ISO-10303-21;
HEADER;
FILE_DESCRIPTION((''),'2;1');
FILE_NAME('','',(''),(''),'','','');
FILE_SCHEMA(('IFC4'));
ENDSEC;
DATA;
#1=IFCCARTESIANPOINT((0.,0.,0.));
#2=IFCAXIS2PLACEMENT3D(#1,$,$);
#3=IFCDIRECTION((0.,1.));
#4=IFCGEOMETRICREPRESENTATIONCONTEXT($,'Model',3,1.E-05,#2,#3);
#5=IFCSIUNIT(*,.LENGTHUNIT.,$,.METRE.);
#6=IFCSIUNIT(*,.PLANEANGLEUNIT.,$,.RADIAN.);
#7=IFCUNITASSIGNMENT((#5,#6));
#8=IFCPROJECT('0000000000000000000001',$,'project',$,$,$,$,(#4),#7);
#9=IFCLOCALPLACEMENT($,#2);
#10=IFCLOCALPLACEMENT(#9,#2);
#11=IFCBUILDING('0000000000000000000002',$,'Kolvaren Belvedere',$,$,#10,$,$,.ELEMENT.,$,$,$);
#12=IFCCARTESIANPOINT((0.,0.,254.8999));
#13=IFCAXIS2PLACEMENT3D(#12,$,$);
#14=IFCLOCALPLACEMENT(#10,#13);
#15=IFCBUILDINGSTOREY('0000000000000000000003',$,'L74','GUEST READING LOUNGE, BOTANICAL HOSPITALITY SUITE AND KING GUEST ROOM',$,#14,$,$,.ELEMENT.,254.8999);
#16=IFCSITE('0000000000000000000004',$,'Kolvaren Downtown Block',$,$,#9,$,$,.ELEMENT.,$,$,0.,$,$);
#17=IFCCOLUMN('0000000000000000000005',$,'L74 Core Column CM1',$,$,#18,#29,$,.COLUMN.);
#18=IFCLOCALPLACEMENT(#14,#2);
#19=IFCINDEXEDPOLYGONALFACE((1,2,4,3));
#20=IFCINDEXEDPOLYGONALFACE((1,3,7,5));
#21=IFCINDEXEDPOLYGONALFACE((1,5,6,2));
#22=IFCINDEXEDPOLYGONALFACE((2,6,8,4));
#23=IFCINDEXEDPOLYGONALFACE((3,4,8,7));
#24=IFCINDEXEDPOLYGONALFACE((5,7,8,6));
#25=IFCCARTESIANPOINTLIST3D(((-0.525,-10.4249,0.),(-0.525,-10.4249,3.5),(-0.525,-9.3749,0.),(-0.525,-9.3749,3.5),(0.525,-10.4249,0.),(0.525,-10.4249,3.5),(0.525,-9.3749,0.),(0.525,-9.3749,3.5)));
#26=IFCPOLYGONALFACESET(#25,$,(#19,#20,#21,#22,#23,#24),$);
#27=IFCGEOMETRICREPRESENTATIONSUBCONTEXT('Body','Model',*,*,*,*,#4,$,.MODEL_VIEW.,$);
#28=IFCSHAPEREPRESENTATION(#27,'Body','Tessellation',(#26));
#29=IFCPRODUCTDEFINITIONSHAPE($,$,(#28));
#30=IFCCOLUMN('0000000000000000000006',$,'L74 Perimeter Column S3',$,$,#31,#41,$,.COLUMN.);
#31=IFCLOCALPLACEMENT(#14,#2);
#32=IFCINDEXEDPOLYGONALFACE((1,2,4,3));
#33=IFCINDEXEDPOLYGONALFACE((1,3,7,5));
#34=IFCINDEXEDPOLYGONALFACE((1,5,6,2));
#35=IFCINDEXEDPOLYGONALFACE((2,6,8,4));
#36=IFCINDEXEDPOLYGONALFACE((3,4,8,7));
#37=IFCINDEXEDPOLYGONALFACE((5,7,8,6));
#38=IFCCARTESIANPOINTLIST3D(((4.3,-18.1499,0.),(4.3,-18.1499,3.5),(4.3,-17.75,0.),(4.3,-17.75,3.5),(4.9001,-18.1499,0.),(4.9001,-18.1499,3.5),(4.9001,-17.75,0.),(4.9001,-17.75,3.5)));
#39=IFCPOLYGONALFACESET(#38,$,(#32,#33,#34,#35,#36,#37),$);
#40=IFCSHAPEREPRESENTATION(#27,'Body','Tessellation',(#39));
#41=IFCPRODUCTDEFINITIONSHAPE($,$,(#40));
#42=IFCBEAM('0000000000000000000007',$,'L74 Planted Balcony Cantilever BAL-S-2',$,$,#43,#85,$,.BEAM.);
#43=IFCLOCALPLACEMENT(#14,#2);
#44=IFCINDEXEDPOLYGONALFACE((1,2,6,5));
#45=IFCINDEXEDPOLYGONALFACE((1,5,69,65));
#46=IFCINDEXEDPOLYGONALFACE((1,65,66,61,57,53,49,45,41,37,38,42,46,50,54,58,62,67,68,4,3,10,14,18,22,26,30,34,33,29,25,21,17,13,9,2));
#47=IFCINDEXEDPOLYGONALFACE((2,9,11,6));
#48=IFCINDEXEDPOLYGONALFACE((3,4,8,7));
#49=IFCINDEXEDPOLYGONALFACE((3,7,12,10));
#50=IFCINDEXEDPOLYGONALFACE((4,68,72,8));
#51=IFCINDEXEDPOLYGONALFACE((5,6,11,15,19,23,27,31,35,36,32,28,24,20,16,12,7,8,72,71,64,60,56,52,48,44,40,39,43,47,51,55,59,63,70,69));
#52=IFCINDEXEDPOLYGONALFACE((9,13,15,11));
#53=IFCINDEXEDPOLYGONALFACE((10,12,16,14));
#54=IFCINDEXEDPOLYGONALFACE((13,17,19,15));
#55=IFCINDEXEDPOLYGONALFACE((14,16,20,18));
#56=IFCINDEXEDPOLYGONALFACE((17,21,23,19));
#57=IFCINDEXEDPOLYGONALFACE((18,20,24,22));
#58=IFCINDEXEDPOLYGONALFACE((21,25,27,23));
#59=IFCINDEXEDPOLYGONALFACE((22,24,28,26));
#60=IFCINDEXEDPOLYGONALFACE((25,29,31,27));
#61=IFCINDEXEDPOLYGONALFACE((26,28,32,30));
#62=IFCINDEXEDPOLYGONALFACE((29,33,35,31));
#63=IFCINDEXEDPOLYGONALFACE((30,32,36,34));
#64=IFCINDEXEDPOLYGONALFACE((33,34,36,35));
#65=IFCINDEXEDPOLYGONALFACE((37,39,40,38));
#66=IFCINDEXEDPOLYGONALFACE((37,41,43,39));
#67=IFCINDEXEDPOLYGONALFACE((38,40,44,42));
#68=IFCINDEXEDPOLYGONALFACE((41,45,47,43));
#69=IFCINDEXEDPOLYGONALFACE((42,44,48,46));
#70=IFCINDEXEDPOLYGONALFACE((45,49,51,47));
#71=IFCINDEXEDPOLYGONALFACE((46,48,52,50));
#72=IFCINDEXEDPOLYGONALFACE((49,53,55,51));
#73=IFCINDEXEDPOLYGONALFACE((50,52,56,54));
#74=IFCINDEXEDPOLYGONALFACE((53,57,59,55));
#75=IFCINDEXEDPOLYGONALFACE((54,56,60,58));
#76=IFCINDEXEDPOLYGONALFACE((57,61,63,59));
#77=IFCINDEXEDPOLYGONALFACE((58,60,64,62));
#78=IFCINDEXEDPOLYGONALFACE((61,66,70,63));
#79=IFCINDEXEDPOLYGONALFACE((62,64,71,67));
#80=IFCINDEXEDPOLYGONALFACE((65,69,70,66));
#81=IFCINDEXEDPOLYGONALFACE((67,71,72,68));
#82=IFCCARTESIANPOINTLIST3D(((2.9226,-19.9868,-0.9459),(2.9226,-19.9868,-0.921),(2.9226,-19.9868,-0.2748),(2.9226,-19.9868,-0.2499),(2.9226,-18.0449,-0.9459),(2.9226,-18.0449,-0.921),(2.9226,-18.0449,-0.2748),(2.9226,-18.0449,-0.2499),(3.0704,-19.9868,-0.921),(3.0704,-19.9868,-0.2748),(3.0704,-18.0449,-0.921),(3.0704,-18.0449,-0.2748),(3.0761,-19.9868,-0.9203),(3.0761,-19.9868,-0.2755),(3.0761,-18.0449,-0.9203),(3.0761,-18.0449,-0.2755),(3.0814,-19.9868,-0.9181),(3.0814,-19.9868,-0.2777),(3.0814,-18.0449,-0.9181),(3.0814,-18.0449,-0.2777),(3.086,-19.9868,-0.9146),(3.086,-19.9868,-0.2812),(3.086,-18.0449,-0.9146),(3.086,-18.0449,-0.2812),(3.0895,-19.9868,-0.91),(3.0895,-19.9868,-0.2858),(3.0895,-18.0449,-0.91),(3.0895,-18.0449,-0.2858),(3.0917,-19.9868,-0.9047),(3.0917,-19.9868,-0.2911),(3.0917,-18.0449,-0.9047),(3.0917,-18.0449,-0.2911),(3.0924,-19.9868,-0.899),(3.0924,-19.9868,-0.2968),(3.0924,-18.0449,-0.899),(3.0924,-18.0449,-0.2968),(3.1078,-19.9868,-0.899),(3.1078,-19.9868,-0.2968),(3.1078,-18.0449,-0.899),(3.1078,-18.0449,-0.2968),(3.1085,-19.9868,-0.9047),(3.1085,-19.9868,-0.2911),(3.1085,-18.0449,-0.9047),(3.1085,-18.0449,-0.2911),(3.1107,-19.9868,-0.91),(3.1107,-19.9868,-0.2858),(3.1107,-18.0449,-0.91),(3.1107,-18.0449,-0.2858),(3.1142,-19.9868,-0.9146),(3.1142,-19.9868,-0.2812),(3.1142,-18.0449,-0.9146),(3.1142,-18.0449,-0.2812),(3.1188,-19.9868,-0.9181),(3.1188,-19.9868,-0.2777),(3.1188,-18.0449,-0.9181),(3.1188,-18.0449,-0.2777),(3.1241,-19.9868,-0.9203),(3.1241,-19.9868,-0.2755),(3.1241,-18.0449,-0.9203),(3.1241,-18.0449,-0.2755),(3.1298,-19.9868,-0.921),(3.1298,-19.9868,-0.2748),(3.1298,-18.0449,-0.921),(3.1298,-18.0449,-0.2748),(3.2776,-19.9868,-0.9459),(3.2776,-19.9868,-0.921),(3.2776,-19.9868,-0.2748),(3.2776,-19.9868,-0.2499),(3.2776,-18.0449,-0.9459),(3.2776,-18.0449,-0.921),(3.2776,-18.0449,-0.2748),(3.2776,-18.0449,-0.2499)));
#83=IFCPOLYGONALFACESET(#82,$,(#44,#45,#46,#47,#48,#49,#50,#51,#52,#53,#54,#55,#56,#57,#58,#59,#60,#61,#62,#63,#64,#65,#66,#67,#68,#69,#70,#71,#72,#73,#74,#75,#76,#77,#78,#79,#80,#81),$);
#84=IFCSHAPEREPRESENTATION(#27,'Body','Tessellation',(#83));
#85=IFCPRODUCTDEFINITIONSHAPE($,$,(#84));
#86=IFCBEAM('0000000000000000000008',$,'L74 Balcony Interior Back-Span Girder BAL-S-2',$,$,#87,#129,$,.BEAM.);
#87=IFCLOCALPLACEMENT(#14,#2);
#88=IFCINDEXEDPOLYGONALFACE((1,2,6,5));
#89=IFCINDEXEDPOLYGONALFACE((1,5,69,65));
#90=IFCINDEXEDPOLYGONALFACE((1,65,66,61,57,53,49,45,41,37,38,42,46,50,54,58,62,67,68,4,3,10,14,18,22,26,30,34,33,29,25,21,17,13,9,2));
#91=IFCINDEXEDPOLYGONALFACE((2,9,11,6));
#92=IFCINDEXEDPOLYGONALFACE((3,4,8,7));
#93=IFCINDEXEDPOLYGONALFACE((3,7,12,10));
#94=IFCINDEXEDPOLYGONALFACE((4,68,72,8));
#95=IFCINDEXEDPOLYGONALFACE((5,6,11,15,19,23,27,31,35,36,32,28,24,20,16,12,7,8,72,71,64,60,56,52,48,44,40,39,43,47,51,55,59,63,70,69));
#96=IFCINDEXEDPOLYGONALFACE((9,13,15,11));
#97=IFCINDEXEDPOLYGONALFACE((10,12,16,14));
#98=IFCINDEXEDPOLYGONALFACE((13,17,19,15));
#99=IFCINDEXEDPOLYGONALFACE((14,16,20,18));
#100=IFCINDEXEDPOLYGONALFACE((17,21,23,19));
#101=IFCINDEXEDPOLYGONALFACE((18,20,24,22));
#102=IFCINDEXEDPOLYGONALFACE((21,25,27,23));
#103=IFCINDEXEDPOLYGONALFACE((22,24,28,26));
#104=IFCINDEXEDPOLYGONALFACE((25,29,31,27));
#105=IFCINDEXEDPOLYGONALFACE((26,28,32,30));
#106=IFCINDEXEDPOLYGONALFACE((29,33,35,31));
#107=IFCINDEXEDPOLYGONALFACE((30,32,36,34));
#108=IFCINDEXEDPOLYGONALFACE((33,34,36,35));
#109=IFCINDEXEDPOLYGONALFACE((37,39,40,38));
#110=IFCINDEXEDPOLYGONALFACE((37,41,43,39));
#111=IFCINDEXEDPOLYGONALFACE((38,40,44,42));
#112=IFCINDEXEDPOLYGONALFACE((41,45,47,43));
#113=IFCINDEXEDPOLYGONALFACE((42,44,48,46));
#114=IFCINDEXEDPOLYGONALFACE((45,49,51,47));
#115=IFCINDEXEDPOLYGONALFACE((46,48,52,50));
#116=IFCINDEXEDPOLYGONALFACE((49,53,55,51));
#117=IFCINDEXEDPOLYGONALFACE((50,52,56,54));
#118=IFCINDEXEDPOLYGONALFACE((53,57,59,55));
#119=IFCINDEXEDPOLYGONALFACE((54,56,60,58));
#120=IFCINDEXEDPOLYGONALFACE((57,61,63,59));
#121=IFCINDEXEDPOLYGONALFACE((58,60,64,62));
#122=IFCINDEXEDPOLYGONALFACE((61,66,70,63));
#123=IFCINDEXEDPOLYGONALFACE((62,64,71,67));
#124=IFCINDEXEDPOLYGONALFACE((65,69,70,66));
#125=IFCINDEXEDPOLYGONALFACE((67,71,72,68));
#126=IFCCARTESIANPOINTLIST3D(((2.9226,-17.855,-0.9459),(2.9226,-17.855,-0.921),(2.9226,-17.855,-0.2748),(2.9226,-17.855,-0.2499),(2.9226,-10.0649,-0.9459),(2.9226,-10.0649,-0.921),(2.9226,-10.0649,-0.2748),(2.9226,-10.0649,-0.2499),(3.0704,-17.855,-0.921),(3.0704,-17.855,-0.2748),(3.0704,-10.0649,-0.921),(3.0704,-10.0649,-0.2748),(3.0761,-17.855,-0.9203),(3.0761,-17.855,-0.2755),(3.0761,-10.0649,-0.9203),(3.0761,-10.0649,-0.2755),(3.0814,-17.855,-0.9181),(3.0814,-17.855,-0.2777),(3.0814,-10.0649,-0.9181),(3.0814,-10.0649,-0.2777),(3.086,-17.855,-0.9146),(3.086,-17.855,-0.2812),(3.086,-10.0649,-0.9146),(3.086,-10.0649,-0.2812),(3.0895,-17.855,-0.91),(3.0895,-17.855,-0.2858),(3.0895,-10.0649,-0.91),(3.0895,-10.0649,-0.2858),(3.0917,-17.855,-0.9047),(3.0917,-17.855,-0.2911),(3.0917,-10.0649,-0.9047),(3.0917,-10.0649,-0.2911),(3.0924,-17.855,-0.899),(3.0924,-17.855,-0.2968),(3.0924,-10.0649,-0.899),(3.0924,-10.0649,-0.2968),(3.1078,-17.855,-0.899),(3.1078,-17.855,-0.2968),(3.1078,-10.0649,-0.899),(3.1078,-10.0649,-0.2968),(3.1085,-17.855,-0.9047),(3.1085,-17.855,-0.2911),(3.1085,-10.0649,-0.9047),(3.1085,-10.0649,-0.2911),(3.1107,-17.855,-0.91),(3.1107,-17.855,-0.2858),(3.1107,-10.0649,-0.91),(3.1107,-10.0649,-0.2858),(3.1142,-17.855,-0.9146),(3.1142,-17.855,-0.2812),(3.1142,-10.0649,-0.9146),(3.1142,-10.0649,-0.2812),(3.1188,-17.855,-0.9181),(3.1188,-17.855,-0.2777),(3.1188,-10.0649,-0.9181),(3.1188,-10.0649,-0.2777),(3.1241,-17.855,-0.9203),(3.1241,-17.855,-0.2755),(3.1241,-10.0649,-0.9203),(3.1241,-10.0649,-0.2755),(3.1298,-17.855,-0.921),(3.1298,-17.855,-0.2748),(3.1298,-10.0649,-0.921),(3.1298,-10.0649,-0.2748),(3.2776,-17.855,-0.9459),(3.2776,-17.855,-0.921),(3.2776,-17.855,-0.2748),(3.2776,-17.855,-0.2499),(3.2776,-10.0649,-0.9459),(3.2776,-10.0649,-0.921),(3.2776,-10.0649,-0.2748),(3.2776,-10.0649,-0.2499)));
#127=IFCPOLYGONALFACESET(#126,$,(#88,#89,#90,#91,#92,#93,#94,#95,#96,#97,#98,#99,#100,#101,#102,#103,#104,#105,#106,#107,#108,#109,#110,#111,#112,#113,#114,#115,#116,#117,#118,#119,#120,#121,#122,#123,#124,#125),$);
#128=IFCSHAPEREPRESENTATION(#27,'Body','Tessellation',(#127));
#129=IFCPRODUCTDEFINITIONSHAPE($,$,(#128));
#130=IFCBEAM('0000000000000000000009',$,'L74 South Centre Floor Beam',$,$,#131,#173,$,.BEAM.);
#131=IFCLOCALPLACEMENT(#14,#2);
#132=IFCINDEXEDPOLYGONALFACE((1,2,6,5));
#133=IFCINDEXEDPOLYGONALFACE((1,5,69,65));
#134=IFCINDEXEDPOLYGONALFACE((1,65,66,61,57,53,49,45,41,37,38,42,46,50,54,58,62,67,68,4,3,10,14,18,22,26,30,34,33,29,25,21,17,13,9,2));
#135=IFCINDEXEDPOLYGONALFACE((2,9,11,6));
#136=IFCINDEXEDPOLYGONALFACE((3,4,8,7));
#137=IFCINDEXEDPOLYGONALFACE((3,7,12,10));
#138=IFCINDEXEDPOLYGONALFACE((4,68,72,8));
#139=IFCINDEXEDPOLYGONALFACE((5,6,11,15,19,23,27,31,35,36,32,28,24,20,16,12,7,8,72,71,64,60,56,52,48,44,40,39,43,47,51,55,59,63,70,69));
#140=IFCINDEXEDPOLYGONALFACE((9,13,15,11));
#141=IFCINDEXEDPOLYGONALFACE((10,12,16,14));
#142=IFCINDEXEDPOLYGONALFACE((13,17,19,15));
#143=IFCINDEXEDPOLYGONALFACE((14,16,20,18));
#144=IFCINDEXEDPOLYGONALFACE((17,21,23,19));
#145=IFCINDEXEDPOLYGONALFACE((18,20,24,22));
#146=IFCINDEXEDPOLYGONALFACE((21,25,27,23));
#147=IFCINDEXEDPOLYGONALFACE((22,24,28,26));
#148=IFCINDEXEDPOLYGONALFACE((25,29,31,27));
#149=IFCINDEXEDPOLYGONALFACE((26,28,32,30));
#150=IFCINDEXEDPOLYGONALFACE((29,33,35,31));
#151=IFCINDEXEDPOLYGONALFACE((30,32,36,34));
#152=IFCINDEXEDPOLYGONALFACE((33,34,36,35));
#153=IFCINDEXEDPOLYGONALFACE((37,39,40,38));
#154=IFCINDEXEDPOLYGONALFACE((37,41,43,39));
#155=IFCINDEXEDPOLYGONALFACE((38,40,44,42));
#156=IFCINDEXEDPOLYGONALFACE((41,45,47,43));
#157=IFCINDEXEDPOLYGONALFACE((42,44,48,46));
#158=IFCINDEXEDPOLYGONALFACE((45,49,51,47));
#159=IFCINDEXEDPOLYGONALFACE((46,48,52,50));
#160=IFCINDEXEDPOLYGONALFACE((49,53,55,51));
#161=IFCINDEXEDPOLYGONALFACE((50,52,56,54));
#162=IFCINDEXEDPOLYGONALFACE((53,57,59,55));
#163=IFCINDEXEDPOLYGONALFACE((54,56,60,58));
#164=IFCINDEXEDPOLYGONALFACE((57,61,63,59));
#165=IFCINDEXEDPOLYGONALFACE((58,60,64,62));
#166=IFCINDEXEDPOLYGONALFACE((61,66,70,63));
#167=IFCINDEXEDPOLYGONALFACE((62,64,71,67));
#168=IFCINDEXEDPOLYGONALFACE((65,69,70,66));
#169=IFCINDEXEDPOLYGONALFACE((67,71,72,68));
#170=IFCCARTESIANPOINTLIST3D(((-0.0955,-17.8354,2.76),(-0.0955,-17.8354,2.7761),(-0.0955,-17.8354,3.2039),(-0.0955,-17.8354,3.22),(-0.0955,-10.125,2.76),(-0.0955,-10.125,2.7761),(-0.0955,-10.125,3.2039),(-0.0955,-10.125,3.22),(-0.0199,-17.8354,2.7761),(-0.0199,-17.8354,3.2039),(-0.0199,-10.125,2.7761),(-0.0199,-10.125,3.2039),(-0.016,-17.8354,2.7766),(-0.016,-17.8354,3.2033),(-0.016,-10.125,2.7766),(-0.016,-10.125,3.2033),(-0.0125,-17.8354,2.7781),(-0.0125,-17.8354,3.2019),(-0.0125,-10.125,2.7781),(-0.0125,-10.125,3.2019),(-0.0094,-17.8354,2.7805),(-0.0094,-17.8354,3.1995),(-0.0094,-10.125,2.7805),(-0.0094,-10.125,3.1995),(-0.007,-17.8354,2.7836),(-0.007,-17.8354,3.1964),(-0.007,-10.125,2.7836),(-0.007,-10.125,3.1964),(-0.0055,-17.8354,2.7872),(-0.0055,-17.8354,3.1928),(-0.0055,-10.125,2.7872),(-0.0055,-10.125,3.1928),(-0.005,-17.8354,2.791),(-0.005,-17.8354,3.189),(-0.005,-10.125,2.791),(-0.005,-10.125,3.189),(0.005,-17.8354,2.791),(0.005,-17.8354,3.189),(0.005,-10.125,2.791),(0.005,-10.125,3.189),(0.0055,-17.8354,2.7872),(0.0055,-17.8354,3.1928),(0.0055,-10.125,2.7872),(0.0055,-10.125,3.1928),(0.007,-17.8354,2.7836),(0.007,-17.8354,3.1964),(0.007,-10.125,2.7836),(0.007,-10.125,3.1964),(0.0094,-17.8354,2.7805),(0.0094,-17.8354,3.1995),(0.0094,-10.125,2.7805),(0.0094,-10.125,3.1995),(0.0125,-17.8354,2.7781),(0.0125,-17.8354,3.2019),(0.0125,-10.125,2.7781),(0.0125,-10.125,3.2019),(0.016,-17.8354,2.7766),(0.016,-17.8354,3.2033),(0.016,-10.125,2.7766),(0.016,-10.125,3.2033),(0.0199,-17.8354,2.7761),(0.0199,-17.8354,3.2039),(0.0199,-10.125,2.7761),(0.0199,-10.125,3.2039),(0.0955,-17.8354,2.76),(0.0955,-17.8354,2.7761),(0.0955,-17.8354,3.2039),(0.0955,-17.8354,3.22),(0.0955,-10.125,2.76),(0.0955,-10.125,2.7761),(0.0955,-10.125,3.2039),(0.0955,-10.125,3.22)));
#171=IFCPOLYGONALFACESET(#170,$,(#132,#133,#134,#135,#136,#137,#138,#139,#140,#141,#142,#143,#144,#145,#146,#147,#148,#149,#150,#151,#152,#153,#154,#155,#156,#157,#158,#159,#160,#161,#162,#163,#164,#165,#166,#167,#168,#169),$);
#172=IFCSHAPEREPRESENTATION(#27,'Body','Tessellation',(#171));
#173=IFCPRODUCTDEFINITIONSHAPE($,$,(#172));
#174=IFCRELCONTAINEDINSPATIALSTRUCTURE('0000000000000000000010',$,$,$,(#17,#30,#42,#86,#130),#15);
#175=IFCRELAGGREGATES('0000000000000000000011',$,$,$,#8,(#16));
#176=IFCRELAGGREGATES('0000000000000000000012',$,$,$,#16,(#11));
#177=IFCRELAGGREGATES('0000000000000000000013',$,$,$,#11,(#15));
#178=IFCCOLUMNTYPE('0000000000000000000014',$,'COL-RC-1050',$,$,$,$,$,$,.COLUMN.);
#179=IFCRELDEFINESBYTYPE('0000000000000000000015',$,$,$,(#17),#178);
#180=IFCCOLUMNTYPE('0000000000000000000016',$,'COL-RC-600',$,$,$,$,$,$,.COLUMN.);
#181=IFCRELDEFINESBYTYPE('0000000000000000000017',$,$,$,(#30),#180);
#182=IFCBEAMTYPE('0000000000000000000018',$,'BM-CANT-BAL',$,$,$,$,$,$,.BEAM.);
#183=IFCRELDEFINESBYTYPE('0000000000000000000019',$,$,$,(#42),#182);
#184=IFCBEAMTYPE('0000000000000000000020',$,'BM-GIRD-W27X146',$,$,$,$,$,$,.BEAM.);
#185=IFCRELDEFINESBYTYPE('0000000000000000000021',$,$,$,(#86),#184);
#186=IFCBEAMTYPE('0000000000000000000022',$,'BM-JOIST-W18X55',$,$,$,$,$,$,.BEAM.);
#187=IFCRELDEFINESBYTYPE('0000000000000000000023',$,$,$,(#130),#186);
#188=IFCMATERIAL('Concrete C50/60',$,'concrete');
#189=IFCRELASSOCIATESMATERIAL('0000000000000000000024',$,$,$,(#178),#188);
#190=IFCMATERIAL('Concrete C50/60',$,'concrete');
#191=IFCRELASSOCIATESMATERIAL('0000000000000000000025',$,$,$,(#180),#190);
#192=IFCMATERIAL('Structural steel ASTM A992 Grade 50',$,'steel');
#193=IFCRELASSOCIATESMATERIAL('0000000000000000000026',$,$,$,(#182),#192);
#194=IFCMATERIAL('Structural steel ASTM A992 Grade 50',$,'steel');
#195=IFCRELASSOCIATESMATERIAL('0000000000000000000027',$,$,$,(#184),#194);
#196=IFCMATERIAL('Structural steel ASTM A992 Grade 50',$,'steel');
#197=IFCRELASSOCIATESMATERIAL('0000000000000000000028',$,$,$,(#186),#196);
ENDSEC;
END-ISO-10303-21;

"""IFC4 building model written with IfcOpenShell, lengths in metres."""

from ifc_helpers import new_model, si_unit, direction, frame, origin, origin_2d, place, context, subcontext, project, spatial, rectangle, i_section, extrude, material, material_profile, profile_set, type_object, element, save


model = new_model("IFC4")

# Units and contexts
model_context = context("Model", 3, precision=1e-05, world=origin(), true_north=direction((0.0, 1.0)))
body_context = subcontext(model_context, "Body", "Model", "MODEL_VIEW")
ifc_project = project(units=[si_unit("LENGTHUNIT", "METRE"), si_unit("PLANEANGLEUNIT", "RADIAN")], contexts=[model_context])

# Site, building, storey
site_placement = place(None, origin())
site = spatial("IfcSite", under=ifc_project, at=site_placement, Name="Kolvaren Downtown Block", CompositionType="ELEMENT", RefElevation=0.0)
building_placement = place(site_placement, origin())
building = spatial("IfcBuilding", under=site, at=building_placement, Name="Kolvaren Belvedere", CompositionType="ELEMENT")
storey_placement = place(building_placement, frame((0.0, 0.0, 254.8999)))
storey = spatial("IfcBuildingStorey", under=building, at=storey_placement, Name="L74", Description="GUEST READING LOUNGE, BOTANICAL HOSPITALITY SUITE AND KING GUEST ROOM", CompositionType="ELEMENT", Elevation=254.8999)

# Columns
ifc_material_1 = material(Name="Concrete C50/60", Category="concrete")
ifc_material_profile_1 = material_profile(ifc_material_1, rectangle(XDim=1.05, YDim=1.05, at=origin_2d()), Name="RC 1050X1050")
ifc_profile_set_1 = profile_set([ifc_material_profile_1], Name="Concrete C50/60")
column_type_1 = type_object("IfcColumnType", Name="COL-RC-1050", PredefinedType="COLUMN", material=ifc_profile_set_1)
column_1_placement = place(storey_placement, frame((0.0, -9.8999, 0.0), z_axis=(0.0, 0.0, 1.0), x_axis=(1.0, 0.0, 0.0)))
element("IfcColumn", 1, at=column_1_placement, inside=storey, type_object=column_type_1, Name="L74 Core Column CM1", PredefinedType="COLUMN", context=body_context, shape_type="SweptSolid", body=[
    extrude(rectangle(XDim=1.05, YDim=1.05, at=origin_2d()), origin(), (0.0, 0.0, 1.0), 3.5),
])
ifc_material_2 = material(Name="Concrete C50/60", Category="concrete")
ifc_material_profile_2 = material_profile(ifc_material_2, rectangle(XDim=0.6001, YDim=0.3999, at=origin_2d()), Name="RC 600X400")
ifc_profile_set_2 = profile_set([ifc_material_profile_2], Name="Concrete C50/60")
column_type_2 = type_object("IfcColumnType", Name="COL-RC-600", PredefinedType="COLUMN", material=ifc_profile_set_2)
column_2_placement = place(storey_placement, frame((4.6001, -17.95, 0.0), z_axis=(0.0, 0.0, 1.0), x_axis=(1.0, 0.0, 0.0)))
element("IfcColumn", 2, at=column_2_placement, inside=storey, type_object=column_type_2, Name="L74 Perimeter Column S3", PredefinedType="COLUMN", context=body_context, shape_type="SweptSolid", body=[
    extrude(rectangle(XDim=0.6001, YDim=0.3999, at=origin_2d()), origin(), (0.0, 0.0, 1.0), 3.5),
])

# Beams
ifc_material_3 = material(Name="Structural steel ASTM A992 Grade 50", Category="steel")
ifc_material_profile_3 = material_profile(ifc_material_3, i_section(OverallWidth=0.355, OverallDepth=0.696, WebThickness=0.0154, FlangeThickness=0.0249, FilletRadius=0.022, at=origin_2d()), Name="W27X146")
ifc_profile_set_3 = profile_set([ifc_material_profile_3], Name="Structural steel ASTM A992 Grade 50")
beam_type_1 = type_object("IfcBeamType", Name="BM-CANT-BAL", PredefinedType="BEAM", material=ifc_profile_set_3)
beam_1_placement = place(storey_placement, frame((3.1001, -18.0449, -0.5979), z_axis=(0.0, -1.0, 0.0), x_axis=(1.0, 0.0, 0.0)))
element("IfcBeam", 3, at=beam_1_placement, inside=storey, type_object=beam_type_1, Name="L74 Planted Balcony Cantilever BAL-S-2", PredefinedType="BEAM", context=body_context, shape_type="SweptSolid", body=[
    extrude(i_section(OverallWidth=0.355, OverallDepth=0.696, WebThickness=0.0154, FlangeThickness=0.0249, FilletRadius=0.022, at=origin_2d()), origin(), (0.0, 0.0, 1.0), 1.9419),
])
ifc_material_4 = material(Name="Structural steel ASTM A992 Grade 50", Category="steel")
ifc_material_profile_4 = material_profile(ifc_material_4, i_section(OverallWidth=0.355, OverallDepth=0.696, WebThickness=0.0154, FlangeThickness=0.0249, FilletRadius=0.022, at=origin_2d()), Name="W27X146")
ifc_profile_set_4 = profile_set([ifc_material_profile_4], Name="Structural steel ASTM A992 Grade 50")
beam_type_2 = type_object("IfcBeamType", Name="BM-GIRD-W27X146", PredefinedType="BEAM", material=ifc_profile_set_4)
beam_2_placement = place(storey_placement, frame((3.1001, -10.0649, -0.5979), z_axis=(0.0, -1.0, 0.0), x_axis=(1.0, 0.0, 0.0)))
element("IfcBeam", 4, at=beam_2_placement, inside=storey, type_object=beam_type_2, Name="L74 Balcony Interior Back-Span Girder BAL-S-2", PredefinedType="BEAM", context=body_context, shape_type="SweptSolid", body=[
    extrude(i_section(OverallWidth=0.355, OverallDepth=0.696, WebThickness=0.0154, FlangeThickness=0.0249, FilletRadius=0.022, at=origin_2d()), origin(), (0.0, 0.0, 1.0), 7.79),
])
ifc_material_5 = material(Name="Structural steel ASTM A992 Grade 50", Category="steel")
ifc_material_profile_5 = material_profile(ifc_material_5, i_section(OverallWidth=0.1909, OverallDepth=0.46, WebThickness=0.01, FlangeThickness=0.0161, FilletRadius=0.0149, at=origin_2d()), Name="W18X55")
ifc_profile_set_5 = profile_set([ifc_material_profile_5], Name="Structural steel ASTM A992 Grade 50")
beam_type_3 = type_object("IfcBeamType", Name="BM-JOIST-W18X55", PredefinedType="BEAM", material=ifc_profile_set_5)
beam_3_placement = place(storey_placement, frame((0.0, -10.125, 2.99), z_axis=(0.0, -1.0, 0.0), x_axis=(1.0, 0.0, 0.0)))
element("IfcBeam", 5, at=beam_3_placement, inside=storey, type_object=beam_type_3, Name="L74 South Centre Floor Beam", PredefinedType="BEAM", context=body_context, shape_type="SweptSolid", body=[
    extrude(i_section(OverallWidth=0.1909, OverallDepth=0.46, WebThickness=0.01, FlangeThickness=0.0161, FilletRadius=0.0149, at=origin_2d()), origin(), (0.0, 0.0, 1.0), 7.7104),
])

save(model, "model.ifc")
